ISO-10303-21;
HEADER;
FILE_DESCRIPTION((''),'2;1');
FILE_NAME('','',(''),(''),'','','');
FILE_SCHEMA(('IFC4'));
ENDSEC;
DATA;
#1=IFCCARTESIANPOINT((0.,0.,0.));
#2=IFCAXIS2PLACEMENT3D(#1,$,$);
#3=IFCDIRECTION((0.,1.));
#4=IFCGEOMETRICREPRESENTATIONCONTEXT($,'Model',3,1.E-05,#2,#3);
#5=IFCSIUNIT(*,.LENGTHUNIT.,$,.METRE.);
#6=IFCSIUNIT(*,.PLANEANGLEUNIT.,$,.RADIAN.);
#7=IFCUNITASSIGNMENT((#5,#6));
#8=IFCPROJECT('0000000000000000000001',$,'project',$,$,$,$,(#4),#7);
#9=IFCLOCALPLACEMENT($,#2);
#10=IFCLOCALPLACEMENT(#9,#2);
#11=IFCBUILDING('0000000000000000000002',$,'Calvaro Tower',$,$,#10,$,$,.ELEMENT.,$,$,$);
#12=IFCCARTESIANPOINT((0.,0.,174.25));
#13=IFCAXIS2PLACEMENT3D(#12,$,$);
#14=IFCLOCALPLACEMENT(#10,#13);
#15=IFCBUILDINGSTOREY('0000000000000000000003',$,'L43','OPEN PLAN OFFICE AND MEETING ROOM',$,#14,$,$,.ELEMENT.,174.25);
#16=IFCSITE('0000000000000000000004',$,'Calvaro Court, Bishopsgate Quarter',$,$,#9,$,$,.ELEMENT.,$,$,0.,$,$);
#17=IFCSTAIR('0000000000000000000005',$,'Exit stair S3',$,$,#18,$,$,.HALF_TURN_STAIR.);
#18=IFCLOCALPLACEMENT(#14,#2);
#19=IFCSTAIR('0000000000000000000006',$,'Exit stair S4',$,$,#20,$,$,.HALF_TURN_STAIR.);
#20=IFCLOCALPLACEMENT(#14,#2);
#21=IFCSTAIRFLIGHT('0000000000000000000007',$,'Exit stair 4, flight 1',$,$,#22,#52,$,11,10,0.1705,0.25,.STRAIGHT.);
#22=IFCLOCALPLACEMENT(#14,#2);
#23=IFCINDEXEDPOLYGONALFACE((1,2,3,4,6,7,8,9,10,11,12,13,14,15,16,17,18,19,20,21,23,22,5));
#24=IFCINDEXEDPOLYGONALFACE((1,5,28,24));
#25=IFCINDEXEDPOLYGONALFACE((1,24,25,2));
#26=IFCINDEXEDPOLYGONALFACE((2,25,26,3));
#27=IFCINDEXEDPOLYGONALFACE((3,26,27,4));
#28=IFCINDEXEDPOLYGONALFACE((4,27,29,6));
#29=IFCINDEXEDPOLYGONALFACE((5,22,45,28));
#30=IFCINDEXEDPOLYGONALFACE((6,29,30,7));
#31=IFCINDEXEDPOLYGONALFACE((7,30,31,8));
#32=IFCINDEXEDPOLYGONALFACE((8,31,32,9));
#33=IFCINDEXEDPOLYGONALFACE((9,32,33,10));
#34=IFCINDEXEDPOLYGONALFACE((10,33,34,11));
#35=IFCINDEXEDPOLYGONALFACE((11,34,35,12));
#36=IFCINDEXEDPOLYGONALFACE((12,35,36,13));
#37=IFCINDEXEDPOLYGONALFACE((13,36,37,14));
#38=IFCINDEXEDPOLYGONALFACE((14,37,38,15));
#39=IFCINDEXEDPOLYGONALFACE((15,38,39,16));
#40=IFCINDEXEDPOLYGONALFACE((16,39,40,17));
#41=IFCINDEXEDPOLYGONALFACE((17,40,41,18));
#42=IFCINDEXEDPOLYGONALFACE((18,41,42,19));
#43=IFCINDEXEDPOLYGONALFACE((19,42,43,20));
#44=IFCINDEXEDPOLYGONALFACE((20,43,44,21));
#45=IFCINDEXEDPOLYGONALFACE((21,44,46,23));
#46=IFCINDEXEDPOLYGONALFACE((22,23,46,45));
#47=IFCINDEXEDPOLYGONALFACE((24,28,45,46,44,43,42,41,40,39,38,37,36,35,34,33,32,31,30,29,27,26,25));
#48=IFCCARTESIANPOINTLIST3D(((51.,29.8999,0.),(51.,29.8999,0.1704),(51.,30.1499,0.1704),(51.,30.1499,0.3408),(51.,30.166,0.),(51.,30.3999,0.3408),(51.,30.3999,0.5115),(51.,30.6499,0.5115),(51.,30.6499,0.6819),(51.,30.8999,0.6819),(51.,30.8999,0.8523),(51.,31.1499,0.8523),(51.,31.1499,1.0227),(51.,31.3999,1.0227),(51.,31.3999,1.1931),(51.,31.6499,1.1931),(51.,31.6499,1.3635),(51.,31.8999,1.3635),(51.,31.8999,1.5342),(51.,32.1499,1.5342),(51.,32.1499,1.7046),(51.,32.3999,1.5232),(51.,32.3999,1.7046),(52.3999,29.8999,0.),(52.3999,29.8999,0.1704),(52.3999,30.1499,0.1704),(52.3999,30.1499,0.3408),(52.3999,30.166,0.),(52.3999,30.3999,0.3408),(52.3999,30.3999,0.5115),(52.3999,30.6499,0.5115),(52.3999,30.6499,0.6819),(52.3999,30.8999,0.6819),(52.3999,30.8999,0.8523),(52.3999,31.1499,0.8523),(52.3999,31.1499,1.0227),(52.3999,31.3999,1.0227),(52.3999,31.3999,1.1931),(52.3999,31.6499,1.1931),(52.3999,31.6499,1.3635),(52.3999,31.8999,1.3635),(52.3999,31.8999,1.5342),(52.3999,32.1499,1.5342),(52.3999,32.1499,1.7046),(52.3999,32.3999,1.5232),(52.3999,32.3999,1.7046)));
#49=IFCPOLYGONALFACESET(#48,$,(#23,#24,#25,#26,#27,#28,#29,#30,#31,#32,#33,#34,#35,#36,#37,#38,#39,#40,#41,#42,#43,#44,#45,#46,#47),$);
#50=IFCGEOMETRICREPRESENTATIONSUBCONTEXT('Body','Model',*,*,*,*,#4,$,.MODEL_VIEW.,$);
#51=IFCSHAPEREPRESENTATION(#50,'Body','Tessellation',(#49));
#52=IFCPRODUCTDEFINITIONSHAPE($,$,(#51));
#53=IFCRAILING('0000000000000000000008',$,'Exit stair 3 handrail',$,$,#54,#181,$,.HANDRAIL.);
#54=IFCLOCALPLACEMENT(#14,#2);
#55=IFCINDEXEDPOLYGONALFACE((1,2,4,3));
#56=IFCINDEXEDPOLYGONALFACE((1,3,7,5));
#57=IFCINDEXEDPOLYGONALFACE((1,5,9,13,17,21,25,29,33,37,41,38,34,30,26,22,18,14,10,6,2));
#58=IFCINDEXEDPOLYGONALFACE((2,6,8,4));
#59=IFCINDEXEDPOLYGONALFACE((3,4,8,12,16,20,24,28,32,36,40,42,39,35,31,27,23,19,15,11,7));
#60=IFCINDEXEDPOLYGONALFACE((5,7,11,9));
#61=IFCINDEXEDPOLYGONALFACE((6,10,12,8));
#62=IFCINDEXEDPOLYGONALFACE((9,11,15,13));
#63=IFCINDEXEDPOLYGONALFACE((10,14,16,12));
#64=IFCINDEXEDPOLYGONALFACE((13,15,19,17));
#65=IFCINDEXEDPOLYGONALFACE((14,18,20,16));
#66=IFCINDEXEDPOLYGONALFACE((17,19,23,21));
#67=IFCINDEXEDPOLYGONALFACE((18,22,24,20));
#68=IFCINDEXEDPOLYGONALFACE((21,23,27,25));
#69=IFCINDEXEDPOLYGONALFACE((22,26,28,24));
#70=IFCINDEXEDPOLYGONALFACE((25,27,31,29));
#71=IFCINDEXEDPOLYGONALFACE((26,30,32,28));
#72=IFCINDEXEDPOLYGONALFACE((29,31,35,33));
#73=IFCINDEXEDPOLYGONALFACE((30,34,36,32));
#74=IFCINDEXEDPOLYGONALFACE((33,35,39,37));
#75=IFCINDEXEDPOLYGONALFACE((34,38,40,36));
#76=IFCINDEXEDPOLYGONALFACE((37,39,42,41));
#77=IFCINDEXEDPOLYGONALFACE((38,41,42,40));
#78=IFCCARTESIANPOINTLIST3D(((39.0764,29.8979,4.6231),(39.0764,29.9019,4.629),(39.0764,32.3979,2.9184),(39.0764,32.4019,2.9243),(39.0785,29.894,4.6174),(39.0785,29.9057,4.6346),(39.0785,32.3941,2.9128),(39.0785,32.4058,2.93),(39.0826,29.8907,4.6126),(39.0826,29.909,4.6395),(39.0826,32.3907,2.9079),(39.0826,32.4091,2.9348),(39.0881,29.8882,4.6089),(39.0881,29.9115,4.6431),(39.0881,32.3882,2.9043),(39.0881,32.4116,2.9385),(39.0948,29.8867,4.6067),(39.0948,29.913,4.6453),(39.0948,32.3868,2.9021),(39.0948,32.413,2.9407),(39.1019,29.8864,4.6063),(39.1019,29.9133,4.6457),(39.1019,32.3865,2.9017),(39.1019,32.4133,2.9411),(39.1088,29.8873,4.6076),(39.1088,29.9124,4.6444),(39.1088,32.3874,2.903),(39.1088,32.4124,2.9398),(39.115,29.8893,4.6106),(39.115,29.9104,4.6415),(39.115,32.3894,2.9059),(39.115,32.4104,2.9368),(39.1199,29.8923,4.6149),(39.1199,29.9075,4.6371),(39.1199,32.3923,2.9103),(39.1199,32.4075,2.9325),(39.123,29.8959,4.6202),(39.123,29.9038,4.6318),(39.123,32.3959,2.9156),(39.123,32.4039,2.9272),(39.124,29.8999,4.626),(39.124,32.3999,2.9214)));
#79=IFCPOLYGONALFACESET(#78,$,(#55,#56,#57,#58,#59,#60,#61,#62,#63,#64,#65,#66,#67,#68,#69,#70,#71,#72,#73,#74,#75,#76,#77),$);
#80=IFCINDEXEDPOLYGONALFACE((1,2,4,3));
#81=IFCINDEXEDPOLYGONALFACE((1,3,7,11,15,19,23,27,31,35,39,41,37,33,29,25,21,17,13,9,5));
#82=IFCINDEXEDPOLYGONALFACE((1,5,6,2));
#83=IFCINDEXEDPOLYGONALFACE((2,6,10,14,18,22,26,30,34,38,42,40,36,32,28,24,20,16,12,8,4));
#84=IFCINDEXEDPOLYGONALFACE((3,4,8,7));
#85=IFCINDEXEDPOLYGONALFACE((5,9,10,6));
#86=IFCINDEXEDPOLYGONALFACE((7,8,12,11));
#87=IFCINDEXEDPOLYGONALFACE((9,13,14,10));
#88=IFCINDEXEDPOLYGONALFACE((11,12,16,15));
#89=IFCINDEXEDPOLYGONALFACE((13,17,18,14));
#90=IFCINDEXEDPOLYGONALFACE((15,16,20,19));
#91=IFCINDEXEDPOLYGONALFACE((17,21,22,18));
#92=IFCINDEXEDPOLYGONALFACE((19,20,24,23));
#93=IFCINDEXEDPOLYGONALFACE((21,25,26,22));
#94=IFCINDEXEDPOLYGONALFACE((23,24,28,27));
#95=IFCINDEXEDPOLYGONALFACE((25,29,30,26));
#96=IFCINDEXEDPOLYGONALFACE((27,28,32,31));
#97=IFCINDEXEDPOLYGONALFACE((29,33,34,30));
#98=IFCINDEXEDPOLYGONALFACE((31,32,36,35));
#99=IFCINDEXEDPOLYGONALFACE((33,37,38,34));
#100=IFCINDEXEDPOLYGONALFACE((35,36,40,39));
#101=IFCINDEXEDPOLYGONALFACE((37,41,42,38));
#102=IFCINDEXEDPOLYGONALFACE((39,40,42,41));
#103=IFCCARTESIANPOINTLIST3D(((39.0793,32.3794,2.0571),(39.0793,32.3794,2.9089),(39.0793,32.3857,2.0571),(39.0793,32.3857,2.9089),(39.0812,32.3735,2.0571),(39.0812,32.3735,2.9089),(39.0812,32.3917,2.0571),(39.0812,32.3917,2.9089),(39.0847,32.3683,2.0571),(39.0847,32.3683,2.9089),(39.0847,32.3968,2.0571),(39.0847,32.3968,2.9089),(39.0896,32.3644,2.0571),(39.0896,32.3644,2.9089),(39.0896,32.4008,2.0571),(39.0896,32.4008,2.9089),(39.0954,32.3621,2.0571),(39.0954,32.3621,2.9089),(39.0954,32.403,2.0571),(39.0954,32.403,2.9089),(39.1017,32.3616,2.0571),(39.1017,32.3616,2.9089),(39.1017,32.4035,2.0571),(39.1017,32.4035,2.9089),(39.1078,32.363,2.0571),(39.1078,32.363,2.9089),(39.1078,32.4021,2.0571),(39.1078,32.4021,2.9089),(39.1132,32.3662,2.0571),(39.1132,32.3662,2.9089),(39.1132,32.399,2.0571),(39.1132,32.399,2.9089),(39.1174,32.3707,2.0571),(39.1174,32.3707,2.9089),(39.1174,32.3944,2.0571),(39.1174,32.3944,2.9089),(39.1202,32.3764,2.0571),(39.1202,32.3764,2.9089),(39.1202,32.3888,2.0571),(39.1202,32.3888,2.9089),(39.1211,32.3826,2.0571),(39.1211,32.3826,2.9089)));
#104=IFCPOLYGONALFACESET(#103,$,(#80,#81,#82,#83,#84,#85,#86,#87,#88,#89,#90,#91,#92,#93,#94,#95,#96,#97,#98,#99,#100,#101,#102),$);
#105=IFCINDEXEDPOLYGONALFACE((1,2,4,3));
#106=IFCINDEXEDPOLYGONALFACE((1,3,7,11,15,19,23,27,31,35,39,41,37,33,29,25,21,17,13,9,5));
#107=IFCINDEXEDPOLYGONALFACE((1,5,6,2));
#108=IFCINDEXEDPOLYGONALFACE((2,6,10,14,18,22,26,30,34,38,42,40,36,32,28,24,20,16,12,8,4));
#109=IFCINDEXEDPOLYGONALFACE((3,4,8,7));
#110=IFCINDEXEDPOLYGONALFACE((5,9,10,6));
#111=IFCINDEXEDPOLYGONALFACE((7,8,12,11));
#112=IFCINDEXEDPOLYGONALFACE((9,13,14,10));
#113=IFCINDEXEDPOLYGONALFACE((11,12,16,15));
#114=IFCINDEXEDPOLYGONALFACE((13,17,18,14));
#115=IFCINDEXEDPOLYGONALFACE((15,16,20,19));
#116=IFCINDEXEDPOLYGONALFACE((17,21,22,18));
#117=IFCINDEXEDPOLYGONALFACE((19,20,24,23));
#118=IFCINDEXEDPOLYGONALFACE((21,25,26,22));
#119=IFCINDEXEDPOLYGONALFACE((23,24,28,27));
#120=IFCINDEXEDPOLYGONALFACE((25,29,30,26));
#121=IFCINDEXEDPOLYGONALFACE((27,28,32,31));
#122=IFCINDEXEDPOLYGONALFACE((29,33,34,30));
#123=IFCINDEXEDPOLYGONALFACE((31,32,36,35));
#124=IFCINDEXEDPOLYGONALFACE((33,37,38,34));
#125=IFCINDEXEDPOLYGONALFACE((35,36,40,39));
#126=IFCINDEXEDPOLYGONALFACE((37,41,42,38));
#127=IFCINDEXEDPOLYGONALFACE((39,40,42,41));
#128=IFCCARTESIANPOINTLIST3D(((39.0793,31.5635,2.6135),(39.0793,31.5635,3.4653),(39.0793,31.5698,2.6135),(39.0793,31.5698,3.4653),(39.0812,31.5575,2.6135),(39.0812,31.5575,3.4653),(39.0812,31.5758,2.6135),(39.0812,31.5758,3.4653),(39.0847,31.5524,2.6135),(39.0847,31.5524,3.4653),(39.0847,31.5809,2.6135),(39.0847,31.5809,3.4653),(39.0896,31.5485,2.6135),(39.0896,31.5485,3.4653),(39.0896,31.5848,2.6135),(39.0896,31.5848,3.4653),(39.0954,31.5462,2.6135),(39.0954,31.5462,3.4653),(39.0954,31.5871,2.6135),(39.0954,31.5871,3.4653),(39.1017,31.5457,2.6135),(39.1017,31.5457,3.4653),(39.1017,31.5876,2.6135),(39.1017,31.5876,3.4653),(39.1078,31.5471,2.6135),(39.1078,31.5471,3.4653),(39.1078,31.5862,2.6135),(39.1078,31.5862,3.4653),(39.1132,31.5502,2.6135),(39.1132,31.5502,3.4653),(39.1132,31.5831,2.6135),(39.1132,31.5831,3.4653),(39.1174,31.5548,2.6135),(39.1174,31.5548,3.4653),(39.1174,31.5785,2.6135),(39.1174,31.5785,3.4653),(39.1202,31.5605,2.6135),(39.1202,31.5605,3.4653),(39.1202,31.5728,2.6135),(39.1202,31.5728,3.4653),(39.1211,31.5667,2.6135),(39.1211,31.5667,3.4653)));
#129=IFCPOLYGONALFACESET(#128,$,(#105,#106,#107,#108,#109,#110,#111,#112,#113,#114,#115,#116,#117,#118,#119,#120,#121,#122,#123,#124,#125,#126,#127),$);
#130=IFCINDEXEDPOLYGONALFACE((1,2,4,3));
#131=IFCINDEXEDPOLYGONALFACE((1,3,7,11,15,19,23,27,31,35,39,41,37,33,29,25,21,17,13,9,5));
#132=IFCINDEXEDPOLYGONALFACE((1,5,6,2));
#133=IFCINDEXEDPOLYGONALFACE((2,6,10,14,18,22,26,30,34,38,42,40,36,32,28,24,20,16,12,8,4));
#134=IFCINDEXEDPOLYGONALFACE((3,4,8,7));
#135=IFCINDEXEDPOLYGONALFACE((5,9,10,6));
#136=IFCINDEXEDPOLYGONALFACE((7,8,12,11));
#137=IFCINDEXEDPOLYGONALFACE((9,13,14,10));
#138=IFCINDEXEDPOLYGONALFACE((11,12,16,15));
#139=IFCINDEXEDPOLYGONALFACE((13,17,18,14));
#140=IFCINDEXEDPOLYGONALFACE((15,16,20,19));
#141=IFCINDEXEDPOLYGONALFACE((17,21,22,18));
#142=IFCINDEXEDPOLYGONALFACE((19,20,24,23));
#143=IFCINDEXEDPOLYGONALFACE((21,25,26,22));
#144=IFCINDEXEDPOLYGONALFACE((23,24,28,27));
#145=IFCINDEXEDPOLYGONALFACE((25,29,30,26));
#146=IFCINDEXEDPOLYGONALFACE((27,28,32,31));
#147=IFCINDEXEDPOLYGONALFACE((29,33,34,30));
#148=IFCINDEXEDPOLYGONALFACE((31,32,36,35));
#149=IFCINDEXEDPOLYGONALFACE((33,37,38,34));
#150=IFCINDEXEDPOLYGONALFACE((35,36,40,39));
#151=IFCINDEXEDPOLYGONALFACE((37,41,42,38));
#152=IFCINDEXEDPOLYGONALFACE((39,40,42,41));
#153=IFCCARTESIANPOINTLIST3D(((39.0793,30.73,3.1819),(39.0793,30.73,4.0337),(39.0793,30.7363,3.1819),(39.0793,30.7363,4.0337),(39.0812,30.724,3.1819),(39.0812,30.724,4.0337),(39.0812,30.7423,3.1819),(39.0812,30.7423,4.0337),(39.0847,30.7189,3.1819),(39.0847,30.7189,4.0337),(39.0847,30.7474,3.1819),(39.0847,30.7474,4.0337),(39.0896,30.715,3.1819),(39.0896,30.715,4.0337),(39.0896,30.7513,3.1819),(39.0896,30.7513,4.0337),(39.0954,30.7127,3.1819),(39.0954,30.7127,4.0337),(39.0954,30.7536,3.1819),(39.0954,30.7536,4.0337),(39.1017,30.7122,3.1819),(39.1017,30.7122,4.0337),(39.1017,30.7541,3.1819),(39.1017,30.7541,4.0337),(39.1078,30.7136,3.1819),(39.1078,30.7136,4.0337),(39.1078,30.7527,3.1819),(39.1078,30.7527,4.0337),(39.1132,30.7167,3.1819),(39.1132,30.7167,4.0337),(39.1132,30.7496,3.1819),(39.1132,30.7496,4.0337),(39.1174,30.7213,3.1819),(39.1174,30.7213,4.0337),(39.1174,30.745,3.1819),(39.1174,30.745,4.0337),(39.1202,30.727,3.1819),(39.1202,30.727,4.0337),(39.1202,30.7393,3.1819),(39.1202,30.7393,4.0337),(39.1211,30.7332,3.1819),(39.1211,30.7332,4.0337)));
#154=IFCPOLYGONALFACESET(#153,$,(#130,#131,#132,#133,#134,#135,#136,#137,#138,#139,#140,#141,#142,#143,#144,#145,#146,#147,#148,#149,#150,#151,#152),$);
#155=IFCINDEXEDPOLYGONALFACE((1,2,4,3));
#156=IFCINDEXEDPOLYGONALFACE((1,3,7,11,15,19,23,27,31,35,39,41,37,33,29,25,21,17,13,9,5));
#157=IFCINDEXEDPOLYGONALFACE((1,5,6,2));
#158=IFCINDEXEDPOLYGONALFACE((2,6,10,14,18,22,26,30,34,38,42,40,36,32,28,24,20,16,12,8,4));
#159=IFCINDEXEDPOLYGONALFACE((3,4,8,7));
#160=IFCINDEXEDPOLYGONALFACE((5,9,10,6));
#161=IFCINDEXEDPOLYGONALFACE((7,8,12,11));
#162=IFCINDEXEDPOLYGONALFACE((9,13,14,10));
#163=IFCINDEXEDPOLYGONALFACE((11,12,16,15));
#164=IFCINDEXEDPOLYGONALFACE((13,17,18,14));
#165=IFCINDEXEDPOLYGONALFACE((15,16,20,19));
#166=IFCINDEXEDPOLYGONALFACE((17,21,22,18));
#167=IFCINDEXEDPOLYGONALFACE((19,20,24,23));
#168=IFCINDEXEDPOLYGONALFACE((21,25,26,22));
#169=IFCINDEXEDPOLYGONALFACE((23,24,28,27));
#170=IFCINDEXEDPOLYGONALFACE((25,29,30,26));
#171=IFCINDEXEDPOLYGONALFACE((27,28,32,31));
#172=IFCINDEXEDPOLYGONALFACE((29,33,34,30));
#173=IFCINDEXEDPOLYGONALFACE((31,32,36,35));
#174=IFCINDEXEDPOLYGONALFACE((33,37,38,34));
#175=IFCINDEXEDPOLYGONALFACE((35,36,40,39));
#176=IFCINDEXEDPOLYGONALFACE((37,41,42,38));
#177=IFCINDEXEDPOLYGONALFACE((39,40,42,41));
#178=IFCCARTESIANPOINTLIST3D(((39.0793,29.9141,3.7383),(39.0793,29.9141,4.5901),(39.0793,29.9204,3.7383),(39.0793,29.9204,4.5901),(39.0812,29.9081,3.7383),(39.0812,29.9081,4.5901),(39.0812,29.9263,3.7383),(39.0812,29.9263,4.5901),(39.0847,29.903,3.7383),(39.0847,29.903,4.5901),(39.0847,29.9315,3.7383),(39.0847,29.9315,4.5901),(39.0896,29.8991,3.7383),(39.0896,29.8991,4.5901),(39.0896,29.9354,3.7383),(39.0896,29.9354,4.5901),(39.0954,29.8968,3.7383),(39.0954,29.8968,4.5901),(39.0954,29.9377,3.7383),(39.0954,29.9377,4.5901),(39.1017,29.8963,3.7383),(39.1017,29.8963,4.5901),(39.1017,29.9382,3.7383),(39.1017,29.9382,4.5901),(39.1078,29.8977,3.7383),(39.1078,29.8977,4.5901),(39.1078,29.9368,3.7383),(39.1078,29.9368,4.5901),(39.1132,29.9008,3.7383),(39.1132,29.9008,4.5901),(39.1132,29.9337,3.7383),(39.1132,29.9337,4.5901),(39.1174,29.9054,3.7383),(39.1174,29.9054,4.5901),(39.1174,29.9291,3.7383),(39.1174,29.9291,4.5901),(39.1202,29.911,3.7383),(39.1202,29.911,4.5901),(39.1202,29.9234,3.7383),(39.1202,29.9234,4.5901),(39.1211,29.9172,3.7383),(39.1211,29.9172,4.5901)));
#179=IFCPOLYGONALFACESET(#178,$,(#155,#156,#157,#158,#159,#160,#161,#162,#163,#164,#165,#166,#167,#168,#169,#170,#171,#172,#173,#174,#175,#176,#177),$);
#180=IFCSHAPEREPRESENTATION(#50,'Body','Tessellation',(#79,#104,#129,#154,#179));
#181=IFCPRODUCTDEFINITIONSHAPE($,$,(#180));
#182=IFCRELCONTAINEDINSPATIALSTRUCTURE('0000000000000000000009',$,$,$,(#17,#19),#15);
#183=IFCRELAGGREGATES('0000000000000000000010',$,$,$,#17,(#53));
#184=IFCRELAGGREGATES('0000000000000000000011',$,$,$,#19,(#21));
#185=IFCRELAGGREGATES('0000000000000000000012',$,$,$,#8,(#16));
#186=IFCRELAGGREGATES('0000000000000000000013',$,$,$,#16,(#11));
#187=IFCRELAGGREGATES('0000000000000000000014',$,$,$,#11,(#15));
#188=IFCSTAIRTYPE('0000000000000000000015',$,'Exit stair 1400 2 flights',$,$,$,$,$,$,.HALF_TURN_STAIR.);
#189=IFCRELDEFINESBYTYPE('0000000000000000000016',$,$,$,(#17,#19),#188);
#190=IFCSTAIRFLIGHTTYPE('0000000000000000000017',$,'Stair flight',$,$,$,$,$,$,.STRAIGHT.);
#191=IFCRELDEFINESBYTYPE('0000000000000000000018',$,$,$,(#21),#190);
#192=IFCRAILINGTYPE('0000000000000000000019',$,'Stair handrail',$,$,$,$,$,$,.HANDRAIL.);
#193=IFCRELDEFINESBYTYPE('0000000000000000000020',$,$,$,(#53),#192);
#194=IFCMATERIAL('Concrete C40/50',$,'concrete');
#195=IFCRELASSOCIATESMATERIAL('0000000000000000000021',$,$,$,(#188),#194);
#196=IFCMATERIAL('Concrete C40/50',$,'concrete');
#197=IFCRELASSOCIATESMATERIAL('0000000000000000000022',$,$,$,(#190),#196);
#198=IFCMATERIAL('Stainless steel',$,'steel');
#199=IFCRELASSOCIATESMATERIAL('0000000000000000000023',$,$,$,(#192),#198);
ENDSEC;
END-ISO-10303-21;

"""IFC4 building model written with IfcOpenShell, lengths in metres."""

from ifc_helpers import new_model, si_unit, direction, frame, origin, origin_2d, place, context, subcontext, project, spatial, polyline, circle, outline, extrude, material, type_object, element, aggregate, save


model = new_model("IFC4")

# Units and contexts
model_context = context("Model", 3, precision=1e-05, world=origin(), true_north=direction((0.0, 1.0)))
body_context = subcontext(model_context, "Body", "Model", "MODEL_VIEW")
ifc_project = project(units=[si_unit("LENGTHUNIT", "METRE"), si_unit("PLANEANGLEUNIT", "RADIAN")], contexts=[model_context])

# Site, building, storey
site_placement = place(None, origin())
site = spatial("IfcSite", under=ifc_project, at=site_placement, Name="Calvaro Court, Bishopsgate Quarter", CompositionType="ELEMENT", RefElevation=0.0)
building_placement = place(site_placement, origin())
building = spatial("IfcBuilding", under=site, at=building_placement, Name="Calvaro Tower", CompositionType="ELEMENT")
storey_placement = place(building_placement, frame((0.0, 0.0, 174.25)))
storey = spatial("IfcBuildingStorey", under=building, at=storey_placement, Name="L43", Description="OPEN PLAN OFFICE AND MEETING ROOM", CompositionType="ELEMENT", Elevation=174.25)

# Stairs, stair flight
ifc_material_1 = material(Name="Concrete C40/50", Category="concrete")
stair_type = type_object("IfcStairType", Name="Exit stair 1400 2 flights", PredefinedType="HALF_TURN_STAIR", material=ifc_material_1)
stair_1_placement = place(storey_placement, origin())
stair_1 = element("IfcStair", 1, at=stair_1_placement, inside=storey, type_object=stair_type, Name="Exit stair S3", PredefinedType="HALF_TURN_STAIR")
ifc_material_2 = material(Name="Concrete C40/50", Category="concrete")
stair_flight_type = type_object("IfcStairFlightType", Name="Stair flight", PredefinedType="STRAIGHT", material=ifc_material_2)
stair_2_placement = place(storey_placement, origin())
stair_2 = element("IfcStair", 2, at=stair_2_placement, inside=storey, type_object=stair_type, Name="Exit stair S4", PredefinedType="HALF_TURN_STAIR")
stair_flight_1_placement = place(storey_placement, frame((51.7, 29.8999, 0.0), z_axis=(0.0, 0.0, 1.0), x_axis=(0.0, 1.0, 0.0)))
stair_flight_1 = element("IfcStairFlight", 3, at=stair_flight_1_placement, type_object=stair_flight_type, Name="Exit stair 4, flight 1", NumberOfRisers=11, NumberOfTreads=10, PredefinedType="STRAIGHT", RiserHeight=0.1705, TreadLength=0.25, context=body_context, shape_type="SweptSolid", body=[
    extrude(outline(polyline([(0.0, 0.0), (0.0, 0.1704), (0.25, 0.1704), (0.25, 0.3408), (0.5, 0.3408), (0.5, 0.5115), (0.75, 0.5115), (0.75, 0.6819), (1.0, 0.6819), (1.0, 0.8523), (1.25, 0.8523), (1.25, 1.0227), (1.5, 1.0227), (1.5, 1.1931), (1.75, 1.1931), (1.75, 1.3635), (2.0, 1.3635), (2.0, 1.5342), (2.25, 1.5342), (2.25, 1.7046), (2.5, 1.7046), (2.5, 1.875), (2.5, 1.5232), (0.2661, 0.0), (0.0, 0.0)])), frame((0.0, 0.7, 0.0), z_axis=(0.0, -1.0, 0.0), x_axis=(1.0, 0.0, 0.0)), (0.0, 0.0, 1.0), 1.3999),
])

# Railing
ifc_material_3 = material(Name="Stainless steel", Category="steel")
railing_type = type_object("IfcRailingType", Name="Stair handrail", PredefinedType="HANDRAIL", material=ifc_material_3)
railing_1_placement = place(storey_placement, frame((39.1001, 32.3999, 2.0454)))
railing_1 = element("IfcRailing", 4, at=railing_1_placement, type_object=railing_type, Name="Exit stair 3 handrail", PredefinedType="HANDRAIL", context=body_context, shape_type="SweptSolid", body=[
    extrude(circle(Radius=0.0239, at=origin_2d()), frame((0.0, 0.0, 0.876), z_axis=(0.0, -0.826221, 0.563347), x_axis=(1.0, 0.0, 0.0)), (0.0, 0.0, 1.0), 3.0259),
    extrude(circle(Radius=0.021, at=origin_2d()), frame((0.0, -0.0173, 0.0117)), (0.0, 0.0, 1.0), 0.8518),
    extrude(circle(Radius=0.021, at=origin_2d()), frame((0.0, -0.8333, 0.5681)), (0.0, 0.0, 1.0), 0.8518),
    extrude(circle(Radius=0.021, at=origin_2d()), frame((0.0, -1.6667, 1.1365)), (0.0, 0.0, 1.0), 0.8518),
    extrude(circle(Radius=0.021, at=origin_2d()), frame((0.0, -2.4827, 1.6929)), (0.0, 0.0, 1.0), 0.8518),
])
aggregate(stair_1, [railing_1])
aggregate(stair_2, [stair_flight_1])

save(model, "model.ifc")
